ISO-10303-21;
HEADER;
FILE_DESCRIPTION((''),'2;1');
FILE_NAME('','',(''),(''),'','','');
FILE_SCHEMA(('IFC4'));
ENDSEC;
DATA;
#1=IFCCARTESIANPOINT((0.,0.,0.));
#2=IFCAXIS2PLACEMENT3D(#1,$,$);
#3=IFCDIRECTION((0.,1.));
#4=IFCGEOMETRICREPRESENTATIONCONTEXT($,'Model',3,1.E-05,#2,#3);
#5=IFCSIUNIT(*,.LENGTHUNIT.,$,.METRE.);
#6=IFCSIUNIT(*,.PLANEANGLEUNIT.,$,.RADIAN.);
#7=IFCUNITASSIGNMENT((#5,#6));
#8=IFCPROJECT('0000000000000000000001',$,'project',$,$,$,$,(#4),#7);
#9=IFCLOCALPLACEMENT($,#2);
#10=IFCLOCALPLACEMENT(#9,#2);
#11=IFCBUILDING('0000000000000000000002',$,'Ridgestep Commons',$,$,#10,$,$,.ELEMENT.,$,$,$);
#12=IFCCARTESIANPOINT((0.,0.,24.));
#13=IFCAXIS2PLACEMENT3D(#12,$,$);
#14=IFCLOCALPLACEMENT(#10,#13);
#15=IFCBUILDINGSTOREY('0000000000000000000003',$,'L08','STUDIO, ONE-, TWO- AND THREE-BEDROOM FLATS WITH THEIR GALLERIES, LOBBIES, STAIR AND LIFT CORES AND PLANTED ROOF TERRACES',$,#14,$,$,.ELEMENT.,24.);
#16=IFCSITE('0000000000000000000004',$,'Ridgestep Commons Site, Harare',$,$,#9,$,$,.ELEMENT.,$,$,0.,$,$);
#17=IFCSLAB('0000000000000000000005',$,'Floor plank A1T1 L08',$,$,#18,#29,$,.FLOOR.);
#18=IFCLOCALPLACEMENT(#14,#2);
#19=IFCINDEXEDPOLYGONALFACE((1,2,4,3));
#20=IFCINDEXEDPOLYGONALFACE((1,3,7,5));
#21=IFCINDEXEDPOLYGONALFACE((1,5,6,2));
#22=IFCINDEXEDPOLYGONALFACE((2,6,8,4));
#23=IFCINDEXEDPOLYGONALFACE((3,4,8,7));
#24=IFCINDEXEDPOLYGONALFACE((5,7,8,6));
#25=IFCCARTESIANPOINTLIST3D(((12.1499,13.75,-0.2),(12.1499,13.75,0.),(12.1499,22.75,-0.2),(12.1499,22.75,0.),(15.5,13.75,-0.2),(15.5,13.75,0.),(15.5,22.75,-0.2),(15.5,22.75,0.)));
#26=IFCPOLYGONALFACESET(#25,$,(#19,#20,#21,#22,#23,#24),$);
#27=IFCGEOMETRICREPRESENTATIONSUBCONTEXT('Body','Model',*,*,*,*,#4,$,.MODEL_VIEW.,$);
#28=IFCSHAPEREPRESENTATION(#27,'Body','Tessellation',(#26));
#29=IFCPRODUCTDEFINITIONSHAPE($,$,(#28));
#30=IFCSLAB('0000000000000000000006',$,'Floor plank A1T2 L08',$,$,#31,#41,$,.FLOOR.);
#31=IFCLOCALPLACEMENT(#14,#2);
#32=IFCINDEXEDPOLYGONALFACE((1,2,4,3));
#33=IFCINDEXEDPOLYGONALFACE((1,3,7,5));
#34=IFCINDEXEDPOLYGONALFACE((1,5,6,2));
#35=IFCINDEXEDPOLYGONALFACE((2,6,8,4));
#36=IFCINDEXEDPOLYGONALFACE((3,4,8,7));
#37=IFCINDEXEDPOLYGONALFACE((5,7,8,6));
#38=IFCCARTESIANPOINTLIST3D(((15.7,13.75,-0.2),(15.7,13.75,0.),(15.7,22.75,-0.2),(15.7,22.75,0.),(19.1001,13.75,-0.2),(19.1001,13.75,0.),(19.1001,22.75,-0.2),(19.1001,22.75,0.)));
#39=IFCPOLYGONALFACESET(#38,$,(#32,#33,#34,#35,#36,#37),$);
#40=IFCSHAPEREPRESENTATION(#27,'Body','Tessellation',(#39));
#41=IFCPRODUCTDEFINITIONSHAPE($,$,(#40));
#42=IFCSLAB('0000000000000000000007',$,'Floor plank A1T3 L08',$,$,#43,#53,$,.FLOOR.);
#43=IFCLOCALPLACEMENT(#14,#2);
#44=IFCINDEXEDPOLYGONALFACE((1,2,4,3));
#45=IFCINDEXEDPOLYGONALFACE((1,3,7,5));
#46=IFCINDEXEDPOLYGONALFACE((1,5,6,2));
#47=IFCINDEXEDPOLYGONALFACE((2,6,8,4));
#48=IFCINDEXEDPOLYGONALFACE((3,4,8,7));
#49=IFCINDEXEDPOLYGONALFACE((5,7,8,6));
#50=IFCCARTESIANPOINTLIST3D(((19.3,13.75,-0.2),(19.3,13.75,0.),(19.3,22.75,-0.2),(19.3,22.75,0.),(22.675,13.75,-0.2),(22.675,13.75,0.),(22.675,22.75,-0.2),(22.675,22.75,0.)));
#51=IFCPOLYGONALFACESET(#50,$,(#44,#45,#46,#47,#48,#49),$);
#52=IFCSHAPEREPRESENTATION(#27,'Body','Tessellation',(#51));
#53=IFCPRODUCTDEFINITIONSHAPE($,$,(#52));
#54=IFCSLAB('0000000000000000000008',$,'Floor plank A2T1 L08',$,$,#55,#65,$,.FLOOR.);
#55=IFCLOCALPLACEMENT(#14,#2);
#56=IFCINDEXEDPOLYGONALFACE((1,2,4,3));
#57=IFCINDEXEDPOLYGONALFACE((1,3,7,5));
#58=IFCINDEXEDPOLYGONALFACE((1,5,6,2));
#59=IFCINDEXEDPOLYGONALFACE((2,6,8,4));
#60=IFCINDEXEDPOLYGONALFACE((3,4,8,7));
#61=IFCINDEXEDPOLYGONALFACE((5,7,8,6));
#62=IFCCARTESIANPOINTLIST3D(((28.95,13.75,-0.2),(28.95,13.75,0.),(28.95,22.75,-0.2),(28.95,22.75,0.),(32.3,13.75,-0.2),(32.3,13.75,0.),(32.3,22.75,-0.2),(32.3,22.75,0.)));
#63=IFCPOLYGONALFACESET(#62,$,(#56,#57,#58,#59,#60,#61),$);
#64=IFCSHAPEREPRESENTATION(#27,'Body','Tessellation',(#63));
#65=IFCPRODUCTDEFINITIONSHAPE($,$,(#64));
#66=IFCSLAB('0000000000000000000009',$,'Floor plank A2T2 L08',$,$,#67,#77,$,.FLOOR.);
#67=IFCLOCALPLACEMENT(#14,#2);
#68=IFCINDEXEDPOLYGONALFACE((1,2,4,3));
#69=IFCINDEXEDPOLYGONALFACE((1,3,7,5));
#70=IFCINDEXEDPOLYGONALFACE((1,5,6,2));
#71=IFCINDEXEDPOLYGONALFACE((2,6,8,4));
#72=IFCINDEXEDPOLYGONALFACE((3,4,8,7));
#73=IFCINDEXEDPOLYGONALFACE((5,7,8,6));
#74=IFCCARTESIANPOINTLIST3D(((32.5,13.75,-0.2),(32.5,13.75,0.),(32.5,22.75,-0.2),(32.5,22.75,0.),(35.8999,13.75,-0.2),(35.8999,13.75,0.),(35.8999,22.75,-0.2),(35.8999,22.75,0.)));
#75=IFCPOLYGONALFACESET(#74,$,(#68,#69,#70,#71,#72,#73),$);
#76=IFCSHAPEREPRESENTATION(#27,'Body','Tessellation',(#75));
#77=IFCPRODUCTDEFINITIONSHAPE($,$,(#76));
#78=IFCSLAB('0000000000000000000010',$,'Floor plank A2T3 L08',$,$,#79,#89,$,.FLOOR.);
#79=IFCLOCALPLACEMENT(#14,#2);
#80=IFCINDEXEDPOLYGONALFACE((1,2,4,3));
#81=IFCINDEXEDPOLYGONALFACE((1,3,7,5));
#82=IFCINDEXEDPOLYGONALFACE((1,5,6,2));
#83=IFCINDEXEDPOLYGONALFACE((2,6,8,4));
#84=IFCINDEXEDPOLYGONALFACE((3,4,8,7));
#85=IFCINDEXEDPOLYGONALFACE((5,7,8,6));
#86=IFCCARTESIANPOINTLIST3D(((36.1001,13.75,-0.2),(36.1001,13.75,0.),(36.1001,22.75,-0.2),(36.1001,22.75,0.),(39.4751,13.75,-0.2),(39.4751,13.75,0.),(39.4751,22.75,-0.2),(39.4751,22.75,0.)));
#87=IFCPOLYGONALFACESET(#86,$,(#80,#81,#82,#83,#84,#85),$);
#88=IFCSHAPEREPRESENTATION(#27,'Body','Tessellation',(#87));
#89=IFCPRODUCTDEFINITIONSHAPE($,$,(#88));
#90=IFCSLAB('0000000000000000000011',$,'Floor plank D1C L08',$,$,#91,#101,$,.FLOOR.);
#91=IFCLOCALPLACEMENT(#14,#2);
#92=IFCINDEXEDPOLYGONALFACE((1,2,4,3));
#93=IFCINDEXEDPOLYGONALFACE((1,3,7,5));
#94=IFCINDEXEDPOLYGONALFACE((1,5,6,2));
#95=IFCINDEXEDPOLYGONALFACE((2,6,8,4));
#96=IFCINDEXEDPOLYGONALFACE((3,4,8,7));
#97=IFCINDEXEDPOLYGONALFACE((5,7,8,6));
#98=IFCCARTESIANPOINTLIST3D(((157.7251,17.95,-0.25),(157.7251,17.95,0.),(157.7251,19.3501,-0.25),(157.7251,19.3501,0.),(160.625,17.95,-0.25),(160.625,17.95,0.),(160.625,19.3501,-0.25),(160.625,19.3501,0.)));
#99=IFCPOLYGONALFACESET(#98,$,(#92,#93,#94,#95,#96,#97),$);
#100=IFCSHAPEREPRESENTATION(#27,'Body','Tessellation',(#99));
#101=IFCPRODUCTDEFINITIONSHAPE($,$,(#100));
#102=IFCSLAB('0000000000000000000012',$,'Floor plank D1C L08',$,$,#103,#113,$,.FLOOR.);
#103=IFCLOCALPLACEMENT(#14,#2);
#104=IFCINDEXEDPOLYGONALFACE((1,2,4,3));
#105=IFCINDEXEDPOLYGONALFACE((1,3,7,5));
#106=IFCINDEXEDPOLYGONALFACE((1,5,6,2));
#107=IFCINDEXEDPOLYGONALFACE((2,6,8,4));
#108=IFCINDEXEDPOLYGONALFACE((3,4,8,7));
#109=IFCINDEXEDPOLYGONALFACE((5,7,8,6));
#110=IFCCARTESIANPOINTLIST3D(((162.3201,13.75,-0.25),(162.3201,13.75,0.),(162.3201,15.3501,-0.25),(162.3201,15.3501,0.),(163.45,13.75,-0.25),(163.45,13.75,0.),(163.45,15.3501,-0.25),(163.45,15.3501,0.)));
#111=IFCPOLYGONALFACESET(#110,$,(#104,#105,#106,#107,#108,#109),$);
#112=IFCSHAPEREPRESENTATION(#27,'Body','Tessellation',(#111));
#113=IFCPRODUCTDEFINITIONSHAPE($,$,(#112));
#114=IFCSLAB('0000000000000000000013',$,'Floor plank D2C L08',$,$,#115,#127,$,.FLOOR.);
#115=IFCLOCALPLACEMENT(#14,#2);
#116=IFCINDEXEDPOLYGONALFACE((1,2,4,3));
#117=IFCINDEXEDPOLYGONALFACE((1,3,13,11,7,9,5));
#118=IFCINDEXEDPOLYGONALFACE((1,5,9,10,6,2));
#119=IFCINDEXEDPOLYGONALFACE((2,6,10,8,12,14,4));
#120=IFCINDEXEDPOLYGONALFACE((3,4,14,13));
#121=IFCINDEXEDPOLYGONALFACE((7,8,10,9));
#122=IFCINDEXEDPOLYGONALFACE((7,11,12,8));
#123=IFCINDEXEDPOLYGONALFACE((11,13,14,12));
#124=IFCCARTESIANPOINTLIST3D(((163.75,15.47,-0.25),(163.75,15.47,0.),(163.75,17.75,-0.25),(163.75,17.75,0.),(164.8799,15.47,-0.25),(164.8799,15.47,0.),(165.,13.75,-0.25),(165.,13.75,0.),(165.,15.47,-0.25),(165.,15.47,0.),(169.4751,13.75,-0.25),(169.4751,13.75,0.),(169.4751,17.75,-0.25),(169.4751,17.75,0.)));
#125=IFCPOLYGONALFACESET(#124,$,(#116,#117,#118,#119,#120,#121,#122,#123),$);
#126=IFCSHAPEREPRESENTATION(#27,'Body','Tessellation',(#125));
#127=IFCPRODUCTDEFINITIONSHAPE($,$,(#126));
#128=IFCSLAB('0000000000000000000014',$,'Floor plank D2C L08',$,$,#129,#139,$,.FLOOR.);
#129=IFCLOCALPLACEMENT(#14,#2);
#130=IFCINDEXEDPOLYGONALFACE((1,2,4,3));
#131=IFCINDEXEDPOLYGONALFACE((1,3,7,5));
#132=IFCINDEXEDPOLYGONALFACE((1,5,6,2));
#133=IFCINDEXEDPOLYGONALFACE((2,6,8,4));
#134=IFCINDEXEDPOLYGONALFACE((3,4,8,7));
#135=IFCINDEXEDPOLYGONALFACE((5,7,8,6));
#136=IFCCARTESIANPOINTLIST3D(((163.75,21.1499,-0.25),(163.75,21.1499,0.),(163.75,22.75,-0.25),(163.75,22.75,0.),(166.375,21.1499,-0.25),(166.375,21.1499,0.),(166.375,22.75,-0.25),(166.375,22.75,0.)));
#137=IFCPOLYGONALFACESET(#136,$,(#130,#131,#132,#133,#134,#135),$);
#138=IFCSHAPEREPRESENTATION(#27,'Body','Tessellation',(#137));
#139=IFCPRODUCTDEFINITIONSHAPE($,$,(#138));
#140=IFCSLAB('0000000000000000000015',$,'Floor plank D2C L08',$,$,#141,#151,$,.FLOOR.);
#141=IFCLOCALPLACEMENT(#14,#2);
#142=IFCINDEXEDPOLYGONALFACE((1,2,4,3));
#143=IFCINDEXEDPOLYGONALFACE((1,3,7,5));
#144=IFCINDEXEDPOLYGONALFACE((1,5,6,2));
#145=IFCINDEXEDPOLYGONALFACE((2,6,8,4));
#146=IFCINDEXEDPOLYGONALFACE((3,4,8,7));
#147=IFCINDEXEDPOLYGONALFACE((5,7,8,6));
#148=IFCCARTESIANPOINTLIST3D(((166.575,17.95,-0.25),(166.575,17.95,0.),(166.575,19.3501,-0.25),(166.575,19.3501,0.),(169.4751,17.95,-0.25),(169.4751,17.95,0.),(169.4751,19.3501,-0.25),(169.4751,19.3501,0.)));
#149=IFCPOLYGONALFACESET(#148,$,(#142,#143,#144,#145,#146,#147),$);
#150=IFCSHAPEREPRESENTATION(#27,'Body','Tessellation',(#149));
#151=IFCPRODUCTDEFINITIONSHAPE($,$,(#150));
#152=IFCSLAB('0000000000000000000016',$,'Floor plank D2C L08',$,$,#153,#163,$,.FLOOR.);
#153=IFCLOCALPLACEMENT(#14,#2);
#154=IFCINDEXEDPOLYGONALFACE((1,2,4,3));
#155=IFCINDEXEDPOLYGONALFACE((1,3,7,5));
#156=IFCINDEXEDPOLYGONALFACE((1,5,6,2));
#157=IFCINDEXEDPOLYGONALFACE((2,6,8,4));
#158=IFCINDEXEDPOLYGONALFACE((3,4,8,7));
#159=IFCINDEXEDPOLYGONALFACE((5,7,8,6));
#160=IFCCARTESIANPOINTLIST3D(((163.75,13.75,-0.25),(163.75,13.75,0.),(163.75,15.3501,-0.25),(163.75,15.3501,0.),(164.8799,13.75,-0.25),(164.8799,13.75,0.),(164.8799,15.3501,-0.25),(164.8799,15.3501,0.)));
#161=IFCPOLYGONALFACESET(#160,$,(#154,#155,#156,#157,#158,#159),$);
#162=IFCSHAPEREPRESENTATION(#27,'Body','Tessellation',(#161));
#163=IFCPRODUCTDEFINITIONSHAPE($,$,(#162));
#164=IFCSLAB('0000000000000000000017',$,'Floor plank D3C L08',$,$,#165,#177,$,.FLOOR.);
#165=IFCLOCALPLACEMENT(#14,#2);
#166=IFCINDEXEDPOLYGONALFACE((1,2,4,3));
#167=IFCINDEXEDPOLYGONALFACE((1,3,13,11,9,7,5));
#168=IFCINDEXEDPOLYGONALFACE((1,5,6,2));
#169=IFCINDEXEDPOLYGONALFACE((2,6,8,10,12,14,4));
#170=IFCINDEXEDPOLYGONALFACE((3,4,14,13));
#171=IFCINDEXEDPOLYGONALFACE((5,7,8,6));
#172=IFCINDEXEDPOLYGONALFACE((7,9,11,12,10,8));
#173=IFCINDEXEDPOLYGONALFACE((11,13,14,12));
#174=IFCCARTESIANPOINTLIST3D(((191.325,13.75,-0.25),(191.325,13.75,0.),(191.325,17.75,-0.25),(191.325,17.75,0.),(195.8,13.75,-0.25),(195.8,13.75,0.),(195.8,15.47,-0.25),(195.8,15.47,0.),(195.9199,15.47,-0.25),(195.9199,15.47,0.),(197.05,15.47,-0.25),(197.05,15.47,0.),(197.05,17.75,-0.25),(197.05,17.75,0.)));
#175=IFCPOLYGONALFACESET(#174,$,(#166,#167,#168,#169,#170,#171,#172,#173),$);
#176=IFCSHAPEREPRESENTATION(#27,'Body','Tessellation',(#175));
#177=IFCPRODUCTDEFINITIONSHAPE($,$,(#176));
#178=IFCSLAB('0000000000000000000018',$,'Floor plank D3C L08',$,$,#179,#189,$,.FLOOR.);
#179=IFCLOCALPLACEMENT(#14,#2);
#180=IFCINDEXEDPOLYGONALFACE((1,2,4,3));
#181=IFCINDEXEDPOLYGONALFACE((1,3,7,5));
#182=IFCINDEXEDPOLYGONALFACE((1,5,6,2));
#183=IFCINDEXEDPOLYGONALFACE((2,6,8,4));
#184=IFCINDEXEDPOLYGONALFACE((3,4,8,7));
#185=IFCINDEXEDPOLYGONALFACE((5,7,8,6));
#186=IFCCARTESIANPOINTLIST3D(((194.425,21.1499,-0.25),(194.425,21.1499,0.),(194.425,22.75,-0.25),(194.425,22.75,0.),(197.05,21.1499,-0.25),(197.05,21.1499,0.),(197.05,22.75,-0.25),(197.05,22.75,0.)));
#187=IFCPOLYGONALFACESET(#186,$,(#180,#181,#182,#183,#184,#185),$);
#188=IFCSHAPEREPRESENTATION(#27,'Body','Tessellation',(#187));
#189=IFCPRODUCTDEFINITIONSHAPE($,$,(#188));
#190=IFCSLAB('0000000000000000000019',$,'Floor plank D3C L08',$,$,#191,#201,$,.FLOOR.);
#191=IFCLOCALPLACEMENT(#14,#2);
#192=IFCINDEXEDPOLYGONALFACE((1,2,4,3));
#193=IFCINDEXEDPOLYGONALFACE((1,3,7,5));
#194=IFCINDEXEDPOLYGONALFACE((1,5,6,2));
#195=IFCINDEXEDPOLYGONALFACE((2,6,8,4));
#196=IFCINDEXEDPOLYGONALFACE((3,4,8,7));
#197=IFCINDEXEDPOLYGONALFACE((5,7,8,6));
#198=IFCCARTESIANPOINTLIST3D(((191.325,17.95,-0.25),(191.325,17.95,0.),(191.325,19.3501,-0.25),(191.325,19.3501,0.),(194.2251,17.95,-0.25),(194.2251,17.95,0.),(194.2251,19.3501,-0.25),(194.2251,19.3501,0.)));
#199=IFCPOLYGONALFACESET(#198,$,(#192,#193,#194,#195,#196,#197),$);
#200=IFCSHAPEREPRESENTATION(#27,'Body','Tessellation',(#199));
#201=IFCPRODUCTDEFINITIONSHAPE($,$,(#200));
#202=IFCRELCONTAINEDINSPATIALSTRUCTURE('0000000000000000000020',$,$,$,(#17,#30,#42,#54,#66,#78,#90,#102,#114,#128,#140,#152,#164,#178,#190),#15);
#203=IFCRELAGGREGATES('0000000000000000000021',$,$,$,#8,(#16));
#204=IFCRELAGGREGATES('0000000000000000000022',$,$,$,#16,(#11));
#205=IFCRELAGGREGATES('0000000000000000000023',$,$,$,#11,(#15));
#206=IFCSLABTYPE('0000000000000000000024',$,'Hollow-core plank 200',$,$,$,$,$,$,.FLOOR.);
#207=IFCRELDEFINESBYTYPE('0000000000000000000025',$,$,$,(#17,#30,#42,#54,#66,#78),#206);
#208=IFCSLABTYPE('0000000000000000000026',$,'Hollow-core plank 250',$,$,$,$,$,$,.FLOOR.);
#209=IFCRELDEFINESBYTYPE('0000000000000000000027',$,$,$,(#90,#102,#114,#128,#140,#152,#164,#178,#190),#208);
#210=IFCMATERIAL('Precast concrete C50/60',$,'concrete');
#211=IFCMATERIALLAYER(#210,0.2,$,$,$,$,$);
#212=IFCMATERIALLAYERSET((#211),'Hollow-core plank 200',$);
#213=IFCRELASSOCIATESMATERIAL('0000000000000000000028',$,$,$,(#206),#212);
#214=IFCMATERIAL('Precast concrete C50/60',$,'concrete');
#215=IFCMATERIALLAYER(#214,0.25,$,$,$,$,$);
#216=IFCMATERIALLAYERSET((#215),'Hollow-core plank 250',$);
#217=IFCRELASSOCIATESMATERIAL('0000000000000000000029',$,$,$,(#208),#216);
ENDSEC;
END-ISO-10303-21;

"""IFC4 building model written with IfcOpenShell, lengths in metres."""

from ifc_helpers import new_model, si_unit, direction, frame, origin, place, context, subcontext, project, spatial, polyline, outline, extrude, material, layer, layer_set, type_object, element, save


model = new_model("IFC4")

# Units and contexts
model_context = context("Model", 3, precision=1e-05, world=origin(), true_north=direction((0.0, 1.0)))
body_context = subcontext(model_context, "Body", "Model", "MODEL_VIEW")
ifc_project = project(units=[si_unit("LENGTHUNIT", "METRE"), si_unit("PLANEANGLEUNIT", "RADIAN")], contexts=[model_context])

# Site, building, storey
site_placement = place(None, origin())
site = spatial("IfcSite", under=ifc_project, at=site_placement, Name="Ridgestep Commons Site, Harare", CompositionType="ELEMENT", RefElevation=0.0)
building_placement = place(site_placement, origin())
building = spatial("IfcBuilding", under=site, at=building_placement, Name="Ridgestep Commons", CompositionType="ELEMENT")
storey_placement = place(building_placement, frame((0.0, 0.0, 24.0)))
storey = spatial("IfcBuildingStorey", under=building, at=storey_placement, Name="L08", Description="STUDIO, ONE-, TWO- AND THREE-BEDROOM FLATS WITH THEIR GALLERIES, LOBBIES, STAIR AND LIFT CORES AND PLANTED ROOF TERRACES", CompositionType="ELEMENT", Elevation=24.0)

# Slabs
ifc_material_1 = material(Name="Precast concrete C50/60", Category="concrete")
ifc_layer_1 = layer(ifc_material_1, 0.2)
ifc_layer_set_1 = layer_set([ifc_layer_1], Name="Hollow-core plank 200")
slab_type_1 = type_object("IfcSlabType", Name="Hollow-core plank 200", PredefinedType="FLOOR", material=ifc_layer_set_1)
slab_1_placement = place(storey_placement, frame((0.0, 0.0, -0.2)))
element("IfcSlab", 1, at=slab_1_placement, inside=storey, type_object=slab_type_1, Name="Floor plank A1T1 L08", PredefinedType="FLOOR", context=body_context, shape_type="SweptSolid", body=[
    extrude(outline(polyline([(15.5, 13.75), (15.5, 22.75), (12.1499, 22.75), (12.1499, 13.75), (15.5, 13.75)])), origin(), (0.0, 0.0, 1.0), 0.2),
])
slab_2_placement = place(storey_placement, frame((0.0, 0.0, -0.2)))
element("IfcSlab", 2, at=slab_2_placement, inside=storey, type_object=slab_type_1, Name="Floor plank A1T2 L08", PredefinedType="FLOOR", context=body_context, shape_type="SweptSolid", body=[
    extrude(outline(polyline([(19.1001, 13.75), (19.1001, 22.75), (15.7, 22.75), (15.7, 13.75), (19.1001, 13.75)])), origin(), (0.0, 0.0, 1.0), 0.2),
])
slab_3_placement = place(storey_placement, frame((0.0, 0.0, -0.2)))
element("IfcSlab", 3, at=slab_3_placement, inside=storey, type_object=slab_type_1, Name="Floor plank A1T3 L08", PredefinedType="FLOOR", context=body_context, shape_type="SweptSolid", body=[
    extrude(outline(polyline([(22.675, 13.75), (22.675, 22.75), (19.3, 22.75), (19.3, 13.75), (22.675, 13.75)])), origin(), (0.0, 0.0, 1.0), 0.2),
])
slab_4_placement = place(storey_placement, frame((0.0, 0.0, -0.2)))
element("IfcSlab", 4, at=slab_4_placement, inside=storey, type_object=slab_type_1, Name="Floor plank A2T1 L08", PredefinedType="FLOOR", context=body_context, shape_type="SweptSolid", body=[
    extrude(outline(polyline([(32.3, 13.75), (32.3, 22.75), (28.95, 22.75), (28.95, 13.75), (32.3, 13.75)])), origin(), (0.0, 0.0, 1.0), 0.2),
])
slab_5_placement = place(storey_placement, frame((0.0, 0.0, -0.2)))
element("IfcSlab", 5, at=slab_5_placement, inside=storey, type_object=slab_type_1, Name="Floor plank A2T2 L08", PredefinedType="FLOOR", context=body_context, shape_type="SweptSolid", body=[
    extrude(outline(polyline([(35.8999, 13.75), (35.8999, 22.75), (32.5, 22.75), (32.5, 13.75), (35.8999, 13.75)])), origin(), (0.0, 0.0, 1.0), 0.2),
])
slab_6_placement = place(storey_placement, frame((0.0, 0.0, -0.2)))
element("IfcSlab", 6, at=slab_6_placement, inside=storey, type_object=slab_type_1, Name="Floor plank A2T3 L08", PredefinedType="FLOOR", context=body_context, shape_type="SweptSolid", body=[
    extrude(outline(polyline([(39.4751, 13.75), (39.4751, 22.75), (36.1001, 22.75), (36.1001, 13.75), (39.4751, 13.75)])), origin(), (0.0, 0.0, 1.0), 0.2),
])
ifc_material_2 = material(Name="Precast concrete C50/60", Category="concrete")
ifc_layer_2 = layer(ifc_material_2, 0.25)
ifc_layer_set_2 = layer_set([ifc_layer_2], Name="Hollow-core plank 250")
slab_type_2 = type_object("IfcSlabType", Name="Hollow-core plank 250", PredefinedType="FLOOR", material=ifc_layer_set_2)
slab_7_placement = place(storey_placement, frame((0.0, 0.0, -0.25)))
element("IfcSlab", 7, at=slab_7_placement, inside=storey, type_object=slab_type_2, Name="Floor plank D1C L08", PredefinedType="FLOOR", context=body_context, shape_type="SweptSolid", body=[
    extrude(outline(polyline([(160.625, 17.95), (160.625, 19.3501), (157.7251, 19.3501), (157.7251, 17.95), (160.625, 17.95)])), origin(), (0.0, 0.0, 1.0), 0.25),
])
slab_8_placement = place(storey_placement, frame((0.0, 0.0, -0.25)))
element("IfcSlab", 8, at=slab_8_placement, inside=storey, type_object=slab_type_2, Name="Floor plank D1C L08", PredefinedType="FLOOR", context=body_context, shape_type="SweptSolid", body=[
    extrude(outline(polyline([(162.3201, 13.75), (163.45, 13.75), (163.45, 15.3501), (162.3201, 15.3501), (162.3201, 13.75)])), origin(), (0.0, 0.0, 1.0), 0.25),
])
slab_9_placement = place(storey_placement, frame((0.0, 0.0, -0.25)))
element("IfcSlab", 9, at=slab_9_placement, inside=storey, type_object=slab_type_2, Name="Floor plank D2C L08", PredefinedType="FLOOR", context=body_context, shape_type="SweptSolid", body=[
    extrude(outline(polyline([(165.0, 13.75), (169.4751, 13.75), (169.4751, 17.75), (163.75, 17.75), (163.75, 15.47), (164.8799, 15.47), (165.0, 15.47), (165.0, 13.75)])), origin(), (0.0, 0.0, 1.0), 0.25),
])
slab_10_placement = place(storey_placement, frame((0.0, 0.0, -0.25)))
element("IfcSlab", 10, at=slab_10_placement, inside=storey, type_object=slab_type_2, Name="Floor plank D2C L08", PredefinedType="FLOOR", context=body_context, shape_type="SweptSolid", body=[
    extrude(outline(polyline([(166.375, 22.75), (163.75, 22.75), (163.75, 21.1499), (166.375, 21.1499), (166.375, 22.75)])), origin(), (0.0, 0.0, 1.0), 0.25),
])
slab_11_placement = place(storey_placement, frame((0.0, 0.0, -0.25)))
element("IfcSlab", 11, at=slab_11_placement, inside=storey, type_object=slab_type_2, Name="Floor plank D2C L08", PredefinedType="FLOOR", context=body_context, shape_type="SweptSolid", body=[
    extrude(outline(polyline([(169.4751, 17.95), (169.4751, 19.3501), (166.575, 19.3501), (166.575, 17.95), (169.4751, 17.95)])), origin(), (0.0, 0.0, 1.0), 0.25),
])
slab_12_placement = place(storey_placement, frame((0.0, 0.0, -0.25)))
element("IfcSlab", 12, at=slab_12_placement, inside=storey, type_object=slab_type_2, Name="Floor plank D2C L08", PredefinedType="FLOOR", context=body_context, shape_type="SweptSolid", body=[
    extrude(outline(polyline([(164.8799, 15.3501), (163.75, 15.3501), (163.75, 13.75), (164.8799, 13.75), (164.8799, 15.3501)])), origin(), (0.0, 0.0, 1.0), 0.25),
])
slab_13_placement = place(storey_placement, frame((0.0, 0.0, -0.25)))
element("IfcSlab", 13, at=slab_13_placement, inside=storey, type_object=slab_type_2, Name="Floor plank D3C L08", PredefinedType="FLOOR", context=body_context, shape_type="SweptSolid", body=[
    extrude(outline(polyline([(195.9199, 15.47), (197.05, 15.47), (197.05, 17.75), (191.325, 17.75), (191.325, 13.75), (195.8, 13.75), (195.8, 15.47), (195.9199, 15.47)])), origin(), (0.0, 0.0, 1.0), 0.25),
])
slab_14_placement = place(storey_placement, frame((0.0, 0.0, -0.25)))
element("IfcSlab", 14, at=slab_14_placement, inside=storey, type_object=slab_type_2, Name="Floor plank D3C L08", PredefinedType="FLOOR", context=body_context, shape_type="SweptSolid", body=[
    extrude(outline(polyline([(197.05, 21.1499), (197.05, 22.75), (194.425, 22.75), (194.425, 21.1499), (197.05, 21.1499)])), origin(), (0.0, 0.0, 1.0), 0.25),
])
slab_15_placement = place(storey_placement, frame((0.0, 0.0, -0.25)))
element("IfcSlab", 15, at=slab_15_placement, inside=storey, type_object=slab_type_2, Name="Floor plank D3C L08", PredefinedType="FLOOR", context=body_context, shape_type="SweptSolid", body=[
    extrude(outline(polyline([(194.2251, 17.95), (194.2251, 19.3501), (191.325, 19.3501), (191.325, 17.95), (194.2251, 17.95)])), origin(), (0.0, 0.0, 1.0), 0.25),
])

save(model, "model.ifc")
